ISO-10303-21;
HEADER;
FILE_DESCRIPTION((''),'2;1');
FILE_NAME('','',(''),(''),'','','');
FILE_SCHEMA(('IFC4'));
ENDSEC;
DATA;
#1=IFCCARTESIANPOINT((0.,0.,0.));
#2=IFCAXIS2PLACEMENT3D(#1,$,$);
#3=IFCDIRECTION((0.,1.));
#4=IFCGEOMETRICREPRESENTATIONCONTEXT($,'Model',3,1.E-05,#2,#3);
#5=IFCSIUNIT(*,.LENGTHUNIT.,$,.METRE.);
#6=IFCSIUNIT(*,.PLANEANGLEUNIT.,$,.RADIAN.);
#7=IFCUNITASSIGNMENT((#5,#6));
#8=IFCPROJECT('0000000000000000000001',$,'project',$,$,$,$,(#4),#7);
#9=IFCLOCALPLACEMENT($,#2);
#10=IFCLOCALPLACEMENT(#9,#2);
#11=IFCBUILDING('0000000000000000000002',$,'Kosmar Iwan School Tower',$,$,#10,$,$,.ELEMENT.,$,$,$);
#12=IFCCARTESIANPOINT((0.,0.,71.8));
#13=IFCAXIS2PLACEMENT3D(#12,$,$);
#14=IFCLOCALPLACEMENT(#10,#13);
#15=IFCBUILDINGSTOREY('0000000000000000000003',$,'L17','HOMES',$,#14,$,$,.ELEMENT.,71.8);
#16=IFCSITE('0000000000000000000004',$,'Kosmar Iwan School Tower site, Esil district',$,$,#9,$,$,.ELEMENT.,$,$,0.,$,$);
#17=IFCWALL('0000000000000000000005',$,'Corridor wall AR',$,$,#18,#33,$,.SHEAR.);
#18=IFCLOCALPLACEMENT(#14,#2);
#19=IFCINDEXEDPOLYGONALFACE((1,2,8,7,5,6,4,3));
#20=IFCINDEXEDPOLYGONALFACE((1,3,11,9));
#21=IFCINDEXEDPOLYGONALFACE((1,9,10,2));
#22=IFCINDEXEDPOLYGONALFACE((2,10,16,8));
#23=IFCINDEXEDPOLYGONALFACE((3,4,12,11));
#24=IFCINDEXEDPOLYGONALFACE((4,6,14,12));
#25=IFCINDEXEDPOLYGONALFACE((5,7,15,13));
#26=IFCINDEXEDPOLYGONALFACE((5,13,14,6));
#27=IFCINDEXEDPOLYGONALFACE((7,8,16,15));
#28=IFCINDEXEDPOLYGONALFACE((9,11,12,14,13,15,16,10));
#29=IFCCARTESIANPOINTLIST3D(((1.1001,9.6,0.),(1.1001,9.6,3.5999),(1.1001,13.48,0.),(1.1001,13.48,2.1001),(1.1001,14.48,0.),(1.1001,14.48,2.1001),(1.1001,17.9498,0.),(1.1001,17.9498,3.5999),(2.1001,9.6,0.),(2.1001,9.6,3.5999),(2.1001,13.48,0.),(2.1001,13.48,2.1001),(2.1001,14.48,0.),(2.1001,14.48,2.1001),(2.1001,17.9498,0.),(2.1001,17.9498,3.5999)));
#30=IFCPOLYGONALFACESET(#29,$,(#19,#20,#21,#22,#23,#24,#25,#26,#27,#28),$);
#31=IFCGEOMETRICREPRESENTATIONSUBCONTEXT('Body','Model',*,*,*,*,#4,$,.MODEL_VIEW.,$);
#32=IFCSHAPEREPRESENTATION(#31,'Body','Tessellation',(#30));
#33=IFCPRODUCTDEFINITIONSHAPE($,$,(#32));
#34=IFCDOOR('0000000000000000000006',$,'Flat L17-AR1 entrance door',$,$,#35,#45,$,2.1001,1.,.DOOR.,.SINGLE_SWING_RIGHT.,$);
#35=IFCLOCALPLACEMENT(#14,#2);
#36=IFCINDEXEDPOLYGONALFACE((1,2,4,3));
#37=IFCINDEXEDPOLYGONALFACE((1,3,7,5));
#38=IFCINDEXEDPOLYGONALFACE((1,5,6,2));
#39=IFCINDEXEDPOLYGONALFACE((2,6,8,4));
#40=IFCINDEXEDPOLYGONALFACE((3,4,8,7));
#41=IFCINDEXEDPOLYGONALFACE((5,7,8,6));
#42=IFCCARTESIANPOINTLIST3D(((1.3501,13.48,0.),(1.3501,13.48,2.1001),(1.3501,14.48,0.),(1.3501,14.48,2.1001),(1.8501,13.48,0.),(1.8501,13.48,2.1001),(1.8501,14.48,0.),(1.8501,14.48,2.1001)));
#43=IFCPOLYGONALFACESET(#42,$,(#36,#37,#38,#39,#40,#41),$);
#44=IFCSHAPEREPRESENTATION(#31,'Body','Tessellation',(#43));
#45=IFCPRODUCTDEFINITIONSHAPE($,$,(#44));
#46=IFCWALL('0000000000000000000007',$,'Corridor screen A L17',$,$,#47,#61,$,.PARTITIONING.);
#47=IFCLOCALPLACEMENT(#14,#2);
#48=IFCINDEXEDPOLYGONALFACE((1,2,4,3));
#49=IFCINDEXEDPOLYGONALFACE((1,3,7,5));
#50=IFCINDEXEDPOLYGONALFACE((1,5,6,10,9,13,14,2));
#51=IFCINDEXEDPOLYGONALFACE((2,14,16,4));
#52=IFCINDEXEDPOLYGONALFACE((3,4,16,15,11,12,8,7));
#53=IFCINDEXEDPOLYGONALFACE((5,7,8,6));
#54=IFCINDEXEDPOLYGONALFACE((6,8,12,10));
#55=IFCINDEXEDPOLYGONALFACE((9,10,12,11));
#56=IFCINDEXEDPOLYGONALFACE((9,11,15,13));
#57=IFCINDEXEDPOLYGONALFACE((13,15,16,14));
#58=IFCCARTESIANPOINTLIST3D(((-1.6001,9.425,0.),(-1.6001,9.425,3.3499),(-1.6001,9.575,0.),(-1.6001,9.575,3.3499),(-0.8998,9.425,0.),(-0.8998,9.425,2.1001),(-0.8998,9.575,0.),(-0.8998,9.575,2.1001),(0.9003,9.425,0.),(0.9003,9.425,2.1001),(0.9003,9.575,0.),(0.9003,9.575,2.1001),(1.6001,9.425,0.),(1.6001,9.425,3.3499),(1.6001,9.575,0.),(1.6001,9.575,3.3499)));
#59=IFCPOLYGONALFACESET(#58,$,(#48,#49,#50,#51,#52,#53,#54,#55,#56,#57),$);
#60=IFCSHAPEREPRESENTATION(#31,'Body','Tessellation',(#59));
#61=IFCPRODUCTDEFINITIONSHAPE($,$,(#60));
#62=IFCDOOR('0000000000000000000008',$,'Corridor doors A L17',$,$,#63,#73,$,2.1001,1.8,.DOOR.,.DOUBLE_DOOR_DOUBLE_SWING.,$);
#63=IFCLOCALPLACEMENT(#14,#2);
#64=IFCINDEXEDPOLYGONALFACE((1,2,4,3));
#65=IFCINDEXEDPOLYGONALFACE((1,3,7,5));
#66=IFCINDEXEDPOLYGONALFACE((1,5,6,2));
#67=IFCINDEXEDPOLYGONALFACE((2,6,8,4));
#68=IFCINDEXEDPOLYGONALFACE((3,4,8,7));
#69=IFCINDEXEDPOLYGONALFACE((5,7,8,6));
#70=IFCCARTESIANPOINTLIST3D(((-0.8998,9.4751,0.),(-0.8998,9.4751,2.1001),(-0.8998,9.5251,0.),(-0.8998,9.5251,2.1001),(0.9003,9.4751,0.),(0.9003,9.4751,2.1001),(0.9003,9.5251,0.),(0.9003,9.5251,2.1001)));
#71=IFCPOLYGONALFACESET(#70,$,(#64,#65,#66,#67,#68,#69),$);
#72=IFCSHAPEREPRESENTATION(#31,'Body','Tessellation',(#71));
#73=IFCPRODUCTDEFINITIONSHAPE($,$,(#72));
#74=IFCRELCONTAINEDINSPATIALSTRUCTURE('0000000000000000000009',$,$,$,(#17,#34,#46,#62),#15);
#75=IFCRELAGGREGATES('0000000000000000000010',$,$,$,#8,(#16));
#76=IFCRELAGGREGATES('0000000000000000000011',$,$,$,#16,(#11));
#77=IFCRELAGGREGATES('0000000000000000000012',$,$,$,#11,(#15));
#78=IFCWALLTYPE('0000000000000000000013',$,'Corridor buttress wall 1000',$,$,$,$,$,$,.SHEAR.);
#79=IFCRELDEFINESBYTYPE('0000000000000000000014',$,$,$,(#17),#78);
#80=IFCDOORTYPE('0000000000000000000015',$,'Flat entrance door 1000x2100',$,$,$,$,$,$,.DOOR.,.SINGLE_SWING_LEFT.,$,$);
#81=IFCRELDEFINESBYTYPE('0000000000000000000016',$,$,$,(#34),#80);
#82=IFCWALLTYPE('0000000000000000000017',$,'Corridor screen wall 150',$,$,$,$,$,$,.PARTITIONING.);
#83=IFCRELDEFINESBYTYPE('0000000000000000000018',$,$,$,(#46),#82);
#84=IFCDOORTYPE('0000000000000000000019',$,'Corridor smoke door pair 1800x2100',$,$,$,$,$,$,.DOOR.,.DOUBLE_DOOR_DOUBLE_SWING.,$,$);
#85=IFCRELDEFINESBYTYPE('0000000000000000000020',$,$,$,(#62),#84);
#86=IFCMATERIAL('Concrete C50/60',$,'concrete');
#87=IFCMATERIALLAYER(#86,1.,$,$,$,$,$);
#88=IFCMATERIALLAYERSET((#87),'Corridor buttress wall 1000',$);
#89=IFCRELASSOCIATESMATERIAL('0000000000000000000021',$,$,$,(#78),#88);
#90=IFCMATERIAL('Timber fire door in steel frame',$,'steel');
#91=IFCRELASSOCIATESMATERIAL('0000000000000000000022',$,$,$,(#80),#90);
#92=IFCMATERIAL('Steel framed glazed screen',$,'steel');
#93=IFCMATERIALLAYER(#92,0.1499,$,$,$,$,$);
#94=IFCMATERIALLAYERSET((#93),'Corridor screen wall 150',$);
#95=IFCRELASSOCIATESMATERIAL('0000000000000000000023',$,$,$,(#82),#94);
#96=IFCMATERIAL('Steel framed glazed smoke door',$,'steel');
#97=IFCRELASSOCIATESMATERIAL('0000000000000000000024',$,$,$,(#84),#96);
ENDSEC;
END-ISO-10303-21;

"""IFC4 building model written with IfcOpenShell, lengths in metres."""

from ifc_helpers import new_model, si_unit, direction, frame, frame_2d, origin, place, context, subcontext, project, spatial, rectangle, extrude, material, layer, layer_set, type_object, element, fill, save


model = new_model("IFC4")

# Units and contexts
model_context = context("Model", 3, precision=1e-05, world=origin(), true_north=direction((0.0, 1.0)))
body_context = subcontext(model_context, "Body", "Model", "MODEL_VIEW")
ifc_project = project(units=[si_unit("LENGTHUNIT", "METRE"), si_unit("PLANEANGLEUNIT", "RADIAN")], contexts=[model_context])

# Site, building, storey
site_placement = place(None, origin())
site = spatial("IfcSite", under=ifc_project, at=site_placement, Name="Kosmar Iwan School Tower site, Esil district", CompositionType="ELEMENT", RefElevation=0.0)
building_placement = place(site_placement, origin())
building = spatial("IfcBuilding", under=site, at=building_placement, Name="Kosmar Iwan School Tower", CompositionType="ELEMENT")
storey_placement = place(building_placement, frame((0.0, 0.0, 71.8)))
storey = spatial("IfcBuildingStorey", under=building, at=storey_placement, Name="L17", Description="HOMES", CompositionType="ELEMENT", Elevation=71.8)

# Walls, openings, doors
ifc_material_1 = material(Name="Concrete C50/60", Category="concrete")
ifc_layer_1 = layer(ifc_material_1, 1.0)
ifc_layer_set_1 = layer_set([ifc_layer_1], Name="Corridor buttress wall 1000")
wall_type_1 = type_object("IfcWallType", Name="Corridor buttress wall 1000", PredefinedType="SHEAR", material=ifc_layer_set_1)
wall_1_placement = place(storey_placement, frame((1.6001, 9.6001, 0.0), z_axis=(0.0, 0.0, 1.0), x_axis=(0.0, 1.0, 0.0)))
wall_1 = element("IfcWall", 1, at=wall_1_placement, inside=storey, type_object=wall_type_1, Name="Corridor wall AR", PredefinedType="SHEAR", context=body_context, shape_type="SweptSolid", body=[
    extrude(rectangle(XDim=8.3499, YDim=1.0, at=frame_2d((4.1748, 0.0))), origin(), (0.0, 0.0, 1.0), 3.5999),
])
opening_1_placement = place(wall_1_placement, frame((3.8799, 0.0, 0.0)))
opening_1 = element("IfcOpeningElement", 2, at=opening_1_placement, cuts=wall_1, PredefinedType="OPENING", context=body_context, shape_type="SweptSolid", body=[
    extrude(rectangle(XDim=1.0, YDim=2.1001, at=frame_2d((0.5, 1.05))), frame((0.0, 0.512, 0.0), z_axis=(0.0, -1.0, 0.0), x_axis=(1.0, 0.0, 0.0)), (0.0, 0.0, 1.0), 1.0239),
])
ifc_material_2 = material(Name="Timber fire door in steel frame", Category="steel")
door_type_1 = type_object("IfcDoorType", Name="Flat entrance door 1000x2100", OperationType="SINGLE_SWING_LEFT", PredefinedType="DOOR", material=ifc_material_2)
door_1_placement = place(opening_1_placement, origin())
door_1 = element("IfcDoor", 3, at=door_1_placement, inside=storey, type_object=door_type_1, Name="Flat L17-AR1 entrance door", OperationType="SINGLE_SWING_RIGHT", OverallHeight=2.1001, OverallWidth=1.0, PredefinedType="DOOR", context=body_context, shape_type="SweptSolid", body=[
    extrude(rectangle(XDim=1.0, YDim=2.1001, at=frame_2d((0.5, 1.05))), frame((0.0, 0.25, 0.0), z_axis=(0.0, -1.0, 0.0), x_axis=(1.0, 0.0, 0.0)), (0.0, 0.0, 1.0), 0.5),
])
fill(opening_1, door_1)
ifc_material_3 = material(Name="Steel framed glazed screen", Category="steel")
ifc_layer_2 = layer(ifc_material_3, 0.1499)
ifc_layer_set_2 = layer_set([ifc_layer_2], Name="Corridor screen wall 150")
wall_type_2 = type_object("IfcWallType", Name="Corridor screen wall 150", PredefinedType="PARTITIONING", material=ifc_layer_set_2)
wall_2_placement = place(storey_placement, frame((1.6001, 9.5, 0.0), z_axis=(0.0, 0.0, 1.0), x_axis=(-1.0, 0.0, 0.0)))
wall_2 = element("IfcWall", 4, at=wall_2_placement, inside=storey, type_object=wall_type_2, Name="Corridor screen A L17", PredefinedType="PARTITIONING", context=body_context, shape_type="SweptSolid", body=[
    extrude(rectangle(XDim=3.2002, YDim=0.1499, at=frame_2d((1.6001, 0.0))), origin(), (0.0, 0.0, 1.0), 3.3499),
])
opening_2_placement = place(wall_2_placement, frame((0.7, 0.0, 0.0)))
opening_2 = element("IfcOpeningElement", 5, at=opening_2_placement, cuts=wall_2, PredefinedType="OPENING", context=body_context, shape_type="SweptSolid", body=[
    extrude(rectangle(XDim=1.8, YDim=2.1001, at=frame_2d((0.8999, 1.05))), frame((0.0, 0.0869, 0.0), z_axis=(0.0, -1.0, 0.0), x_axis=(1.0, 0.0, 0.0)), (0.0, 0.0, 1.0), 0.1738),
])
ifc_material_4 = material(Name="Steel framed glazed smoke door", Category="steel")
door_type_2 = type_object("IfcDoorType", Name="Corridor smoke door pair 1800x2100", OperationType="DOUBLE_DOOR_DOUBLE_SWING", PredefinedType="DOOR", material=ifc_material_4)
door_2_placement = place(opening_2_placement, origin())
door_2 = element("IfcDoor", 6, at=door_2_placement, inside=storey, type_object=door_type_2, Name="Corridor doors A L17", OperationType="DOUBLE_DOOR_DOUBLE_SWING", OverallHeight=2.1001, OverallWidth=1.8, PredefinedType="DOOR", context=body_context, shape_type="SweptSolid", body=[
    extrude(rectangle(XDim=1.8, YDim=2.1001, at=frame_2d((0.8999, 1.05))), frame((0.0, 0.0249, 0.0), z_axis=(0.0, -1.0, 0.0), x_axis=(1.0, 0.0, 0.0)), (0.0, 0.0, 1.0), 0.05),
])
fill(opening_2, door_2)

save(model, "model.ifc")
